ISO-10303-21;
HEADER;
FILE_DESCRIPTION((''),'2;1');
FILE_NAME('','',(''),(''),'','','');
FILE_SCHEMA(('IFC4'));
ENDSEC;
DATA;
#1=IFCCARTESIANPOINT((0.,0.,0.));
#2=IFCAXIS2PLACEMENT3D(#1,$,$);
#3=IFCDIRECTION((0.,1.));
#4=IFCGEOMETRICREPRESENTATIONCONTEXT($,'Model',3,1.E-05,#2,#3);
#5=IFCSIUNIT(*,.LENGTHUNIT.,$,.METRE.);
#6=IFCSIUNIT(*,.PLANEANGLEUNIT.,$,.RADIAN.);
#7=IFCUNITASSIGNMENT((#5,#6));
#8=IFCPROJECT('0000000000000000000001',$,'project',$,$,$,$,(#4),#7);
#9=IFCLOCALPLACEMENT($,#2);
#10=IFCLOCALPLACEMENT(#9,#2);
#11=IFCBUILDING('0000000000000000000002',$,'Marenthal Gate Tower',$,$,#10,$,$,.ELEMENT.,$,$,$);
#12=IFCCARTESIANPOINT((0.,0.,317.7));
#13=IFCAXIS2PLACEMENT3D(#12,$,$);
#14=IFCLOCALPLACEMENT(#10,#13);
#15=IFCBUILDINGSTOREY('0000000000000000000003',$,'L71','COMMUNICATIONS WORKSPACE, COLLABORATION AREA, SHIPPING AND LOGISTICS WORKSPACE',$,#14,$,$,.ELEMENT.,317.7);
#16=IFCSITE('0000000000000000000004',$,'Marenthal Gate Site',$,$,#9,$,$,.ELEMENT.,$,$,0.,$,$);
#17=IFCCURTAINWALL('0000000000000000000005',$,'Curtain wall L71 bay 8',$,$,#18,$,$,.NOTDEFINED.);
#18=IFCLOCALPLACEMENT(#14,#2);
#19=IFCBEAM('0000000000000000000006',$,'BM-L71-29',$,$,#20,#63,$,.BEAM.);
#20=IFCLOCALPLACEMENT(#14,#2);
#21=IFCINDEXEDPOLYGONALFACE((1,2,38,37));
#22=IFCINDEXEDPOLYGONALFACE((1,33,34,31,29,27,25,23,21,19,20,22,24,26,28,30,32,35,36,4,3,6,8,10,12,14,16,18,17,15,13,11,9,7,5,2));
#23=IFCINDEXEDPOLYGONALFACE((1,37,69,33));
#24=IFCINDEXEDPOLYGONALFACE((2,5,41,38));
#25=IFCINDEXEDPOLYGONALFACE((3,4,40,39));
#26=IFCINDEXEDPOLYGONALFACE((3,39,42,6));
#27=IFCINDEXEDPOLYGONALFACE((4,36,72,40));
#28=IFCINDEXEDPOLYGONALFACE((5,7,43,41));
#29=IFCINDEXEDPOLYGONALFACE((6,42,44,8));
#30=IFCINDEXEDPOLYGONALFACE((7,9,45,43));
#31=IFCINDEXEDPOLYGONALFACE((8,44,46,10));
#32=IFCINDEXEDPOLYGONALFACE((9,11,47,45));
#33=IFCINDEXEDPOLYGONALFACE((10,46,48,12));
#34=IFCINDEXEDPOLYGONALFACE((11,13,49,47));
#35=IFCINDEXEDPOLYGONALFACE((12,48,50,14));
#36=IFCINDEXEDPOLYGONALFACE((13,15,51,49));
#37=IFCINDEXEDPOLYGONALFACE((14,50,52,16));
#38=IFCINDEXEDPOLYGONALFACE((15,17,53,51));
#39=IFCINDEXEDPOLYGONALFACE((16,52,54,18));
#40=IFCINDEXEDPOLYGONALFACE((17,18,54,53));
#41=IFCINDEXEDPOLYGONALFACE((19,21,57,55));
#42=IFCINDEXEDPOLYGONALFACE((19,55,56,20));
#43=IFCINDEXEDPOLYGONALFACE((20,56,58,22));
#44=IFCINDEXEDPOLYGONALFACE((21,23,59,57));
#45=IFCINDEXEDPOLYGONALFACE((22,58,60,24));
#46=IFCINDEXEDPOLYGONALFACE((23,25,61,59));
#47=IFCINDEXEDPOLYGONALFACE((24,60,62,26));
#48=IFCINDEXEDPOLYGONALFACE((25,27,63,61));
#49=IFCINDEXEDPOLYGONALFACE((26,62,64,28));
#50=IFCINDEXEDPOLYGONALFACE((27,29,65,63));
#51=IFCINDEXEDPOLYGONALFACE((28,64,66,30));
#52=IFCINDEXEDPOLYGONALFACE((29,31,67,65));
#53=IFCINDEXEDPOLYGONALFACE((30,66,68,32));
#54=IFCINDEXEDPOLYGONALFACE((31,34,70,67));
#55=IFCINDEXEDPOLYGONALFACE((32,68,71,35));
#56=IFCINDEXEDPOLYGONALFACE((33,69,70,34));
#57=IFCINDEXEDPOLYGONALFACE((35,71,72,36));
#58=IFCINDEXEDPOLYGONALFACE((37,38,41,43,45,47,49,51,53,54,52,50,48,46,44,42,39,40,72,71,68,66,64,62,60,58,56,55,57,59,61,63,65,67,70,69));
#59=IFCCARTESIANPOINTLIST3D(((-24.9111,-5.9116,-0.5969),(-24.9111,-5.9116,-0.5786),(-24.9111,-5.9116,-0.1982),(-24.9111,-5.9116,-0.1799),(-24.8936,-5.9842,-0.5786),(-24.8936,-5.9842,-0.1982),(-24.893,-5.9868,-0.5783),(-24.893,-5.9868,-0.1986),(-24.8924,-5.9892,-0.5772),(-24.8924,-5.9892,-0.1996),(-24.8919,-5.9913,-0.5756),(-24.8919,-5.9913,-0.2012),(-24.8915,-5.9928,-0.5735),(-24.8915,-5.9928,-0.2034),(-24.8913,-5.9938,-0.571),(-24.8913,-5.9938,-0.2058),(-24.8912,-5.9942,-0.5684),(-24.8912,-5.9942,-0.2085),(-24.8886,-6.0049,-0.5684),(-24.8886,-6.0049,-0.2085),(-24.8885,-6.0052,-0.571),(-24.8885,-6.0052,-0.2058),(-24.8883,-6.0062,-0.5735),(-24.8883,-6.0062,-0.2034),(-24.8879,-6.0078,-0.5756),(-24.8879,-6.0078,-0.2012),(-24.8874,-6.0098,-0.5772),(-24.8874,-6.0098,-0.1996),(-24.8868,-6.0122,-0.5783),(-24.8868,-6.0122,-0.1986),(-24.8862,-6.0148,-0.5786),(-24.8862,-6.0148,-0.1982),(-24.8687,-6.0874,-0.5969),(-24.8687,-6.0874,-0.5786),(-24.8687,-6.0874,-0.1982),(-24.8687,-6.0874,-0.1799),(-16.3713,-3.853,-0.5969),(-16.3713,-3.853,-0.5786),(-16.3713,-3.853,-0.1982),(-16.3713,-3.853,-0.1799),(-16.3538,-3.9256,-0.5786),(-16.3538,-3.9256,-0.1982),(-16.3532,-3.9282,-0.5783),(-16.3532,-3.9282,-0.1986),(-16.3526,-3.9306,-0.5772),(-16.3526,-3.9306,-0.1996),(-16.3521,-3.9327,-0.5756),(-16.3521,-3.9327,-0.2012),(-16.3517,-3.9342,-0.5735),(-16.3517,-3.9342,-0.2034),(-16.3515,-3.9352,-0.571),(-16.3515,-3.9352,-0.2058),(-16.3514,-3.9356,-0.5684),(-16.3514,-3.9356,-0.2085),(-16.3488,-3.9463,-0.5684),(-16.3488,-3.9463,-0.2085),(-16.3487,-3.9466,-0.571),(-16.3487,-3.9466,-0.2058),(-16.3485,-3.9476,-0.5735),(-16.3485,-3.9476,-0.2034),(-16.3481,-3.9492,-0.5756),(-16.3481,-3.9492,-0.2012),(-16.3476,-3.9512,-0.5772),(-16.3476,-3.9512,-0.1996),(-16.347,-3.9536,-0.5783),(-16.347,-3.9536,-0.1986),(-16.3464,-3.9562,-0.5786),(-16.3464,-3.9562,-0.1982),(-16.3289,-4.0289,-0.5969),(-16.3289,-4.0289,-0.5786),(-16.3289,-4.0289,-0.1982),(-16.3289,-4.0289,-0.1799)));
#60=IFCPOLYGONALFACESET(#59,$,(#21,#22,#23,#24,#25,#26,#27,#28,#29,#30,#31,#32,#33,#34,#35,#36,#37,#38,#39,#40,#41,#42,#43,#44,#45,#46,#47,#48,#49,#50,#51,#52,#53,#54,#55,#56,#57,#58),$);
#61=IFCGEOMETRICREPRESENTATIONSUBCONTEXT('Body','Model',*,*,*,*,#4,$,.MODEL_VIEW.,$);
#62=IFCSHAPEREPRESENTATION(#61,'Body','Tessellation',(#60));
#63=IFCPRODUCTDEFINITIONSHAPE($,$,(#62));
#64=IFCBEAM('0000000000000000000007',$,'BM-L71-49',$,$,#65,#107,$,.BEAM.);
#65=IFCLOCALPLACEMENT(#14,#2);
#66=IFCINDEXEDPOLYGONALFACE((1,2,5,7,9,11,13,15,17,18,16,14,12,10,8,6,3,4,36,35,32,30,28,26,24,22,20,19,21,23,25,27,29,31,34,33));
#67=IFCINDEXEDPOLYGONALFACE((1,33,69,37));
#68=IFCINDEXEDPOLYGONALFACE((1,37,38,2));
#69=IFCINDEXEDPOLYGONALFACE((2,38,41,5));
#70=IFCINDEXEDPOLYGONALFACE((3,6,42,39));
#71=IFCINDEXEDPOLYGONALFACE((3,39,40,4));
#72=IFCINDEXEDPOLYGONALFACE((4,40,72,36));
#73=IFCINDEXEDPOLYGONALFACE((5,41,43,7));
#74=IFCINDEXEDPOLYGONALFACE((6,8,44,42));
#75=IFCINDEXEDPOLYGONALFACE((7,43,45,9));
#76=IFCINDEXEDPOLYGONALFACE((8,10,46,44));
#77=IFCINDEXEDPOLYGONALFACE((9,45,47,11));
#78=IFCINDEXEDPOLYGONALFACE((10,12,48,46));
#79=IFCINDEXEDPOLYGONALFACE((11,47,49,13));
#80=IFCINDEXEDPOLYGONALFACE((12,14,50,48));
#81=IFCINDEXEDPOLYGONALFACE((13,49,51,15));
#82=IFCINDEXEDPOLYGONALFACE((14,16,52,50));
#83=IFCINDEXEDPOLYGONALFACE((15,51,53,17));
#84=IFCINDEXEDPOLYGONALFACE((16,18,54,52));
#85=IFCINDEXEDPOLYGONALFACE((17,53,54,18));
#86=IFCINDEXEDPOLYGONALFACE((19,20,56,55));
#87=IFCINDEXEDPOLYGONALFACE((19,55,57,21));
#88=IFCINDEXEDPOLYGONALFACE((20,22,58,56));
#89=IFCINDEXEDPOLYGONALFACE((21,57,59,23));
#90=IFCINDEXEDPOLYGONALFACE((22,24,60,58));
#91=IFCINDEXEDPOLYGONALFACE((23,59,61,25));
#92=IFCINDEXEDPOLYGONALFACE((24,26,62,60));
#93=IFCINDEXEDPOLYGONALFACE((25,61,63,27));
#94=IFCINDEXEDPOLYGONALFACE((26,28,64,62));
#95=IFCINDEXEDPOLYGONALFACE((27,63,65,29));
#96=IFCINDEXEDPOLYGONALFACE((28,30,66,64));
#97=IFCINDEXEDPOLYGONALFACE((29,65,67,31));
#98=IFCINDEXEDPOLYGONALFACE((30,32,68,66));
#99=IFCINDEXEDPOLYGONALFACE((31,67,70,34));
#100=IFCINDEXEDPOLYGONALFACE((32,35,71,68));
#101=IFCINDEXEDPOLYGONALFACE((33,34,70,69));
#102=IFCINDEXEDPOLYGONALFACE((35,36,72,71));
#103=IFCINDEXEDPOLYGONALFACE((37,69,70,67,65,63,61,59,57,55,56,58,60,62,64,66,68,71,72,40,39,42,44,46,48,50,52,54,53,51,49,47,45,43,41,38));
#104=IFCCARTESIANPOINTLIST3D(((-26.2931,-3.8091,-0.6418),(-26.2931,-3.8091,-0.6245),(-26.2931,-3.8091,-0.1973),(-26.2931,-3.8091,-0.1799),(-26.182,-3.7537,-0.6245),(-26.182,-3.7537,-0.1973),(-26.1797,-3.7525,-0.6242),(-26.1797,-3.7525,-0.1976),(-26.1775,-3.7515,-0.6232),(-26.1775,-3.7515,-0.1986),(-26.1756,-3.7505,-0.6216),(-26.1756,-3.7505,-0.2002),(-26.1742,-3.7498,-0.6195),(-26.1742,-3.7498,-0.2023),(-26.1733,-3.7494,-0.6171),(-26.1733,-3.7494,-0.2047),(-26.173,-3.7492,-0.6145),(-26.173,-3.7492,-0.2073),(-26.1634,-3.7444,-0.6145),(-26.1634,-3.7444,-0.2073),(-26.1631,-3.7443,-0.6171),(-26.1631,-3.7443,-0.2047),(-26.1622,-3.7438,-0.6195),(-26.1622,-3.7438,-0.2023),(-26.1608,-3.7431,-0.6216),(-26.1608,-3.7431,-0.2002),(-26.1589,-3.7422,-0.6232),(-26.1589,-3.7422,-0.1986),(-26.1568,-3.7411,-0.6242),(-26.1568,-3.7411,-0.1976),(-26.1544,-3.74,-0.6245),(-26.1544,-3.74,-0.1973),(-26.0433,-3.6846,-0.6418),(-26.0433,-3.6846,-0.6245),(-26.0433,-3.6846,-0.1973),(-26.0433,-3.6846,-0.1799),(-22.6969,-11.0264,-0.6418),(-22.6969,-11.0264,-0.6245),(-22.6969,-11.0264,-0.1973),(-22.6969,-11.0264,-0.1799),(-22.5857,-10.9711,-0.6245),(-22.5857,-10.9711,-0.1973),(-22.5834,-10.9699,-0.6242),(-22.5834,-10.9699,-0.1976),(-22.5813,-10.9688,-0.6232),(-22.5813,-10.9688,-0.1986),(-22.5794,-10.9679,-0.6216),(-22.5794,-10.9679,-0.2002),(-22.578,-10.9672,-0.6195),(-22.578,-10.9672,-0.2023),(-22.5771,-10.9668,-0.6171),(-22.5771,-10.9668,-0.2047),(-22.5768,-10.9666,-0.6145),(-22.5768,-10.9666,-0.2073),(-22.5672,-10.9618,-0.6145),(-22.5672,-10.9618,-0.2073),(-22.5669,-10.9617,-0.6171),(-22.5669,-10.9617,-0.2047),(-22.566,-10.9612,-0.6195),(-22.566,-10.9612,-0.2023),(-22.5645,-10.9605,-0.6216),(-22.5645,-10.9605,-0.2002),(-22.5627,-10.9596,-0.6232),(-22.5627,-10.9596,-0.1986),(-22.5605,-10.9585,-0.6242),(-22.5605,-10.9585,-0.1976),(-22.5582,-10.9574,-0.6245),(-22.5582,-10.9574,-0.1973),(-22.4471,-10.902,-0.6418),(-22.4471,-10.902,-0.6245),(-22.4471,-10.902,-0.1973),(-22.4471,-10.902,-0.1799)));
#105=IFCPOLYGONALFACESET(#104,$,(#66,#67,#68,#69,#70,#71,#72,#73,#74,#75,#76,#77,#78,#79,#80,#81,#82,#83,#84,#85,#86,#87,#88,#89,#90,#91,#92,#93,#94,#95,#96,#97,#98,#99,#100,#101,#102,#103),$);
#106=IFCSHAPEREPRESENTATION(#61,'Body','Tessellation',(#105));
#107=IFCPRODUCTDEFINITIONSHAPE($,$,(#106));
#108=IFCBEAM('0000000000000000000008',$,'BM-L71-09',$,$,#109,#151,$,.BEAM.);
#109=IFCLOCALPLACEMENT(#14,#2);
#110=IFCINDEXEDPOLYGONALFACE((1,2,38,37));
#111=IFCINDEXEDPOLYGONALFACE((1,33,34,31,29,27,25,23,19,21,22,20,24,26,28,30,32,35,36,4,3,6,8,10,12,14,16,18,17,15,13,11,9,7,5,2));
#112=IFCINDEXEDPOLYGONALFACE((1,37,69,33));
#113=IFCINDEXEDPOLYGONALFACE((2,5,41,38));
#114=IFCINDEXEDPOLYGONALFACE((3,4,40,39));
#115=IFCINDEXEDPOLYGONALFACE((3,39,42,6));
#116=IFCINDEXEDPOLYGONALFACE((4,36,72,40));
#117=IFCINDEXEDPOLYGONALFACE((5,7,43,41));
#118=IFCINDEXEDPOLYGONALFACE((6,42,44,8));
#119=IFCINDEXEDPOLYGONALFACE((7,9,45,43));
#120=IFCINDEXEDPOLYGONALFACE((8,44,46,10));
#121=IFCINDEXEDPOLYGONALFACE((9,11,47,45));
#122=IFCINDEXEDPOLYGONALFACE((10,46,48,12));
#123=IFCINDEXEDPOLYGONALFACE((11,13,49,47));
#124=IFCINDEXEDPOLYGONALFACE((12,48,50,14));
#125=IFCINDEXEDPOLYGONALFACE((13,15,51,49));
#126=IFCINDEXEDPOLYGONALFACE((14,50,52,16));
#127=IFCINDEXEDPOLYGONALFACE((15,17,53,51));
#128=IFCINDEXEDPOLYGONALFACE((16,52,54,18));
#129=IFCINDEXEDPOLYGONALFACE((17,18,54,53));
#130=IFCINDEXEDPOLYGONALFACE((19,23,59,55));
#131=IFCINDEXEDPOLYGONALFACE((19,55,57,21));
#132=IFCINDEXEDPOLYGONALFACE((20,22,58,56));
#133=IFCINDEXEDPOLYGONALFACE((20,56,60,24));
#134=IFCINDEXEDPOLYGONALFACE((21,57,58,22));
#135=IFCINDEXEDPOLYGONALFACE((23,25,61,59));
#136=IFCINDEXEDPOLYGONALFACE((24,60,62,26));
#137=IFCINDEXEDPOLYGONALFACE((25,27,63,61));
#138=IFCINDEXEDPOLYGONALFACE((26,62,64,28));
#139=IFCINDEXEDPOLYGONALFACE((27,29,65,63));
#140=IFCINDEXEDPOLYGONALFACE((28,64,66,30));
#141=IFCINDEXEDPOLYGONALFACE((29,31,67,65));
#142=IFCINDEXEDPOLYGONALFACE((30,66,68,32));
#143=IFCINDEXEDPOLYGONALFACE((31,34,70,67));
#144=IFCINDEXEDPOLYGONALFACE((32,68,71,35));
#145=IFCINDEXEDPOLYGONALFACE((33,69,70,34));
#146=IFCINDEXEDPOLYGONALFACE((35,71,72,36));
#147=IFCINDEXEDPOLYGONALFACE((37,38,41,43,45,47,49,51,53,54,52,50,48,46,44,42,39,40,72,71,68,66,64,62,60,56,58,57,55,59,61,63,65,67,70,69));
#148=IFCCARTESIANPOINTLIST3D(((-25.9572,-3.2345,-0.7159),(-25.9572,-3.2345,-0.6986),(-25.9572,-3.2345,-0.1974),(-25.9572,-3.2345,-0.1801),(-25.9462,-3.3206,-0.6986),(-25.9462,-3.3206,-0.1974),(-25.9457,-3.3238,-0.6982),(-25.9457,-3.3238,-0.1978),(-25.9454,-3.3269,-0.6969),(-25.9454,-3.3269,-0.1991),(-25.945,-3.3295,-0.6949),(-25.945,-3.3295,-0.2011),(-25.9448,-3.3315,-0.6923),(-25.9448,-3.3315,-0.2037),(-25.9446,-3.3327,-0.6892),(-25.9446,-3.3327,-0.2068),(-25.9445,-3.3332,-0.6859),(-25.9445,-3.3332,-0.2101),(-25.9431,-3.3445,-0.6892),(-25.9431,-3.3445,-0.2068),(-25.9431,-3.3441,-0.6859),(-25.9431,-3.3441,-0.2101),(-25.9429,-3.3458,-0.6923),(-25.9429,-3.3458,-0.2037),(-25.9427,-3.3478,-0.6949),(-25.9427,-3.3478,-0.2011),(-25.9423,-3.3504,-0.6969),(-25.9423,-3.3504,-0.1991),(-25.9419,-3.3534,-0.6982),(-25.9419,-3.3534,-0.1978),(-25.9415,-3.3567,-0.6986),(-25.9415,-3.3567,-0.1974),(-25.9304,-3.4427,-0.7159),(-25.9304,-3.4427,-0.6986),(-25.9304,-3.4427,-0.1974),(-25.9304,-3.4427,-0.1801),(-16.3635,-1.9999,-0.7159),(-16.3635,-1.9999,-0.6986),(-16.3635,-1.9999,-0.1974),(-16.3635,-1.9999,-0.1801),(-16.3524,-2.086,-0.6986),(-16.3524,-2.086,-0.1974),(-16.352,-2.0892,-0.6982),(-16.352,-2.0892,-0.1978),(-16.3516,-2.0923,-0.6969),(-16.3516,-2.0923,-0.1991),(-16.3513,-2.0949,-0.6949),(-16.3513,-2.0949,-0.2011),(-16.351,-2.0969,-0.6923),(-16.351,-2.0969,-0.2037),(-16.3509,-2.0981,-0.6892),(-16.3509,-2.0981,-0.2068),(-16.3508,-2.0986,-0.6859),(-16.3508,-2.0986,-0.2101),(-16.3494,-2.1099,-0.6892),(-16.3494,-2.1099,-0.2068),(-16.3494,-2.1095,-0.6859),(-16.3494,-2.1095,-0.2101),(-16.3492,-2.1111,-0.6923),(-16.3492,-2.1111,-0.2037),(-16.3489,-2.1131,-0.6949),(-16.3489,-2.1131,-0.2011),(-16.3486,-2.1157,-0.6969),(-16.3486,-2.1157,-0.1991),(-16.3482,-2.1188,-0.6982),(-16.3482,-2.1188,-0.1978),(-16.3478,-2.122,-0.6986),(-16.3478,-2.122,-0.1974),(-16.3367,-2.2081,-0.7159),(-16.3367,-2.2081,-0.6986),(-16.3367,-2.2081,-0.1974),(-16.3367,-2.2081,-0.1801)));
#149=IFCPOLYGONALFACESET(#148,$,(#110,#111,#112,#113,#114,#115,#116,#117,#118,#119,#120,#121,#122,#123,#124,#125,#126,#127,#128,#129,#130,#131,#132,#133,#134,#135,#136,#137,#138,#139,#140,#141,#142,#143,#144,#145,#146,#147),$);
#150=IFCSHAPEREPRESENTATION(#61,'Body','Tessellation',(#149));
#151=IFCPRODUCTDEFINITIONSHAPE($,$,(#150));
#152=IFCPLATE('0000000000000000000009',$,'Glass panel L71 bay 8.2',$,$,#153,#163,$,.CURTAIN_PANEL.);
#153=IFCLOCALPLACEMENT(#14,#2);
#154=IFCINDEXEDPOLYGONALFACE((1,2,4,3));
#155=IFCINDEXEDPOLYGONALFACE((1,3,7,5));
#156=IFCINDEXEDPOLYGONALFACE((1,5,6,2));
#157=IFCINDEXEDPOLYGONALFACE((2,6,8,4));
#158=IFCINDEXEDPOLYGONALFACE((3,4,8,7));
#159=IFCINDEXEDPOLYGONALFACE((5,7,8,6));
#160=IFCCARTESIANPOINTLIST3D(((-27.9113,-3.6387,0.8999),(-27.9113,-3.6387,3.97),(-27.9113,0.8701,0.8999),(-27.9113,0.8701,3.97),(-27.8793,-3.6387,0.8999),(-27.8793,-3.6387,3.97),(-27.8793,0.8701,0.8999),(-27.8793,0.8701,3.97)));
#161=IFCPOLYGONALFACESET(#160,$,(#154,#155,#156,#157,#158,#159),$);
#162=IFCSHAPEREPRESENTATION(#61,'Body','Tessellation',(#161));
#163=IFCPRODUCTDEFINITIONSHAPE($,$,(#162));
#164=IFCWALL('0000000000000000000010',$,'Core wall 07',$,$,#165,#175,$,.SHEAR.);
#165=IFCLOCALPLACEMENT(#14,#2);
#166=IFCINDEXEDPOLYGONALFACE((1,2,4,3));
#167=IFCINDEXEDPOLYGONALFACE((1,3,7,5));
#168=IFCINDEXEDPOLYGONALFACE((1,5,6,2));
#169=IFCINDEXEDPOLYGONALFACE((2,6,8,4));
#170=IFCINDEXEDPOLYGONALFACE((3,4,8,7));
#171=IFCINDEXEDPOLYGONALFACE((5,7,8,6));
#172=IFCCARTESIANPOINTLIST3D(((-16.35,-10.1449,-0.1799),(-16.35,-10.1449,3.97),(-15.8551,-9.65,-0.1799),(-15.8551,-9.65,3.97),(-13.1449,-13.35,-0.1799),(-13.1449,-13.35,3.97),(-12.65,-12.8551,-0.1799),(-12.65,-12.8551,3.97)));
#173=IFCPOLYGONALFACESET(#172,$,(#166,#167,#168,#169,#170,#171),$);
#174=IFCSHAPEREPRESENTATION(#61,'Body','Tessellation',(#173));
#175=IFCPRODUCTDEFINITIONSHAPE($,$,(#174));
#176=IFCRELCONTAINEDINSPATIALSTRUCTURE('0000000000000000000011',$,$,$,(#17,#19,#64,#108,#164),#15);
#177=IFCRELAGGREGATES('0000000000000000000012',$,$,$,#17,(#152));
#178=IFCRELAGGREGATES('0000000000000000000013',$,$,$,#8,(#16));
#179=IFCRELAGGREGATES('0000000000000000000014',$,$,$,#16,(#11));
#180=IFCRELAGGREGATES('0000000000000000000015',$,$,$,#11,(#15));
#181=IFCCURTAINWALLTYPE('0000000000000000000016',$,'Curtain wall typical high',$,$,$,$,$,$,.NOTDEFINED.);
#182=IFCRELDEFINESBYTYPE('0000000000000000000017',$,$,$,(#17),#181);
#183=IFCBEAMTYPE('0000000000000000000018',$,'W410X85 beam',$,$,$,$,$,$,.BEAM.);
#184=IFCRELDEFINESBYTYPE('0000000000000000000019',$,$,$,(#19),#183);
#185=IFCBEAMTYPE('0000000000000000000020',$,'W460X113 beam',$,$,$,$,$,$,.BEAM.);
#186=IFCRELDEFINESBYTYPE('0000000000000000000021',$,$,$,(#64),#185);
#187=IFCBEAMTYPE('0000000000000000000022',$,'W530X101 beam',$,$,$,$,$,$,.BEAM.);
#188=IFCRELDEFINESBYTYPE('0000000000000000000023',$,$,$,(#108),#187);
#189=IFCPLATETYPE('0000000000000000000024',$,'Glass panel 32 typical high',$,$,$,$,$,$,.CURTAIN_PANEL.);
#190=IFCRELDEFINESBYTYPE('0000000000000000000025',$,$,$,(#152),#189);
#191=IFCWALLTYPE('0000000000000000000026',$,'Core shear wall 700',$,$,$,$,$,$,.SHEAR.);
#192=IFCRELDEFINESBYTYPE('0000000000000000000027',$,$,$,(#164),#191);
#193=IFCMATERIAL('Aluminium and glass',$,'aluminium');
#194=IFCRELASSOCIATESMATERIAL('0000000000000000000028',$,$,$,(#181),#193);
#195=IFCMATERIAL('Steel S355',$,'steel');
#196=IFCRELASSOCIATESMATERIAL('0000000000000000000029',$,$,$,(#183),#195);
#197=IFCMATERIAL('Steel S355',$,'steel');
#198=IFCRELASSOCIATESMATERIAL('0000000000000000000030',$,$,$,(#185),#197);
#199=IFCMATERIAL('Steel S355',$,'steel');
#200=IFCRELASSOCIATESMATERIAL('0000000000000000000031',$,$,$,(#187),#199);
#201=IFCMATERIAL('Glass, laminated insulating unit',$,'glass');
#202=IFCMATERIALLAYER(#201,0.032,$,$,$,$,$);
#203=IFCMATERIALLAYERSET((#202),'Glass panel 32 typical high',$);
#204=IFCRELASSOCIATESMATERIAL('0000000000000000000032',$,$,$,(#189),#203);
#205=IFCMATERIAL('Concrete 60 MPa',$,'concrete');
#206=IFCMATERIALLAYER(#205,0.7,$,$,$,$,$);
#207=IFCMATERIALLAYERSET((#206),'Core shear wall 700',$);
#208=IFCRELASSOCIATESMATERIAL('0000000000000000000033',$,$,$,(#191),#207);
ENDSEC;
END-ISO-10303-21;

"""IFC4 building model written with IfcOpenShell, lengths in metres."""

from ifc_helpers import new_model, si_unit, direction, frame, frame_2d, origin, origin_2d, place, context, subcontext, project, spatial, rectangle, i_section, extrude, material, layer, layer_set, material_profile, profile_set, type_object, element, aggregate, save


model = new_model("IFC4")

# Units and contexts
model_context = context("Model", 3, precision=1e-05, world=origin(), true_north=direction((0.0, 1.0)))
body_context = subcontext(model_context, "Body", "Model", "MODEL_VIEW")
ifc_project = project(units=[si_unit("LENGTHUNIT", "METRE"), si_unit("PLANEANGLEUNIT", "RADIAN")], contexts=[model_context])

# Site, building, storey
site_placement = place(None, origin())
site = spatial("IfcSite", under=ifc_project, at=site_placement, Name="Marenthal Gate Site", CompositionType="ELEMENT", RefElevation=0.0)
building_placement = place(site_placement, origin())
building = spatial("IfcBuilding", under=site, at=building_placement, Name="Marenthal Gate Tower", CompositionType="ELEMENT")
storey_placement = place(building_placement, frame((0.0, 0.0, 317.7)))
storey = spatial("IfcBuildingStorey", under=building, at=storey_placement, Name="L71", Description="COMMUNICATIONS WORKSPACE, COLLABORATION AREA, SHIPPING AND LOGISTICS WORKSPACE", CompositionType="ELEMENT", Elevation=317.7)

# Curtain wall
ifc_material_1 = material(Name="Aluminium and glass", Category="aluminium")
curtain_wall_type = type_object("IfcCurtainWallType", Name="Curtain wall typical high", PredefinedType="NOTDEFINED", material=ifc_material_1)
curtain_wall_placement = place(storey_placement, origin())
curtain_wall = element("IfcCurtainWall", 1, at=curtain_wall_placement, inside=storey, type_object=curtain_wall_type, Name="Curtain wall L71 bay 8", PredefinedType="NOTDEFINED")

# Beams
ifc_material_2 = material(Name="Steel S355", Category="steel")
ifc_material_profile_1 = material_profile(ifc_material_2, i_section(OverallWidth=0.1809, OverallDepth=0.417, WebThickness=0.011, FlangeThickness=0.0183, FilletRadius=0.0103, at=origin_2d()), Name="W410X85")
ifc_profile_set_1 = profile_set([ifc_material_profile_1], Name="Steel S355")
beam_type_1 = type_object("IfcBeamType", Name="W410X85 beam", PredefinedType="BEAM", material=ifc_profile_set_1)
beam_1_placement = place(storey_placement, frame((-24.8899, -5.9995, -0.3884), z_axis=(0.972153, 0.234346, 0.0), x_axis=(-0.234346, 0.972153, 0.0)))
element("IfcBeam", 2, at=beam_1_placement, inside=storey, type_object=beam_type_1, Name="BM-L71-29", PredefinedType="BEAM", context=body_context, shape_type="SweptSolid", body=[
    extrude(i_section(OverallWidth=0.1809, OverallDepth=0.417, WebThickness=0.011, FlangeThickness=0.0183, FilletRadius=0.0103, at=origin_2d()), origin(), (0.0, 0.0, 1.0), 8.7844),
])
ifc_material_3 = material(Name="Steel S355", Category="steel")
ifc_material_profile_2 = material_profile(ifc_material_3, i_section(OverallWidth=0.2791, OverallDepth=0.4619, WebThickness=0.0107, FlangeThickness=0.0173, FilletRadius=0.01, at=origin_2d()), Name="W460X113")
ifc_profile_set_2 = profile_set([ifc_material_profile_2], Name="Steel S355")
beam_type_2 = type_object("IfcBeamType", Name="W460X113 beam", PredefinedType="BEAM", material=ifc_profile_set_2)
beam_2_placement = place(storey_placement, frame((-26.1682, -3.7468, -0.4109), z_axis=(0.445978, -0.895044, 0.0), x_axis=(0.895044, 0.445978, 0.0)))
element("IfcBeam", 3, at=beam_2_placement, inside=storey, type_object=beam_type_2, Name="BM-L71-49", PredefinedType="BEAM", context=body_context, shape_type="SweptSolid", body=[
    extrude(i_section(OverallWidth=0.2791, OverallDepth=0.4619, WebThickness=0.0107, FlangeThickness=0.0173, FilletRadius=0.01, at=origin_2d()), origin(), (0.0, 0.0, 1.0), 8.0637),
])
ifc_material_4 = material(Name="Steel S355", Category="steel")
ifc_material_profile_3 = material_profile(ifc_material_4, i_section(OverallWidth=0.21, OverallDepth=0.5359, WebThickness=0.011, FlangeThickness=0.0173, FilletRadius=0.0127, at=origin_2d()), Name="W530X101")
ifc_profile_set_3 = profile_set([ifc_material_profile_3], Name="Steel S355")
beam_type_3 = type_object("IfcBeamType", Name="W530X101 beam", PredefinedType="BEAM", material=ifc_profile_set_3)
beam_3_placement = place(storey_placement, frame((-25.9438, -3.3386, -0.448), z_axis=(0.991821, 0.127637, 0.0), x_axis=(-0.127637, 0.991821, 0.0)))
element("IfcBeam", 4, at=beam_3_placement, inside=storey, type_object=beam_type_3, Name="BM-L71-09", PredefinedType="BEAM", context=body_context, shape_type="SweptSolid", body=[
    extrude(i_section(OverallWidth=0.21, OverallDepth=0.5359, WebThickness=0.011, FlangeThickness=0.0173, FilletRadius=0.0127, at=origin_2d()), origin(), (0.0, 0.0, 1.0), 9.6729),
])

# Plate
ifc_material_5 = material(Name="Glass, laminated insulating unit", Category="glass")
ifc_layer_1 = layer(ifc_material_5, 0.032)
ifc_layer_set_1 = layer_set([ifc_layer_1], Name="Glass panel 32 typical high")
plate_type = type_object("IfcPlateType", Name="Glass panel 32 typical high", PredefinedType="CURTAIN_PANEL", material=ifc_layer_set_1)
plate_placement = place(storey_placement, frame((-27.8953, -1.3843, 0.8999), z_axis=(0.0, 0.0, 1.0), x_axis=(0.0, -1.0, 0.0)))
plate = element("IfcPlate", 5, at=plate_placement, type_object=plate_type, Name="Glass panel L71 bay 8.2", PredefinedType="CURTAIN_PANEL", context=body_context, shape_type="SweptSolid", body=[
    extrude(rectangle(XDim=4.5088, YDim=0.032, at=origin_2d()), origin(), (0.0, 0.0, 1.0), 3.0701),
])
aggregate(curtain_wall, [plate])

# Wall
ifc_material_6 = material(Name="Concrete 60 MPa", Category="concrete")
ifc_layer_2 = layer(ifc_material_6, 0.7)
ifc_layer_set_2 = layer_set([ifc_layer_2], Name="Core shear wall 700")
wall_type_1 = type_object("IfcWallType", Name="Core shear wall 700", PredefinedType="SHEAR", material=ifc_layer_set_2)
wall_1_placement = place(storey_placement, frame((-16.1025, -9.8975, -0.1799), z_axis=(0.0, 0.0, 1.0), x_axis=(0.707107, -0.707107, 0.0)))
element("IfcWall", 6, at=wall_1_placement, inside=storey, type_object=wall_type_1, Name="Core wall 07", PredefinedType="SHEAR", context=body_context, shape_type="SweptSolid", body=[
    extrude(rectangle(XDim=4.5327, YDim=0.7, at=frame_2d((2.2664, 0.0))), origin(), (0.0, 0.0, 1.0), 4.1499),
])

save(model, "model.ifc")
